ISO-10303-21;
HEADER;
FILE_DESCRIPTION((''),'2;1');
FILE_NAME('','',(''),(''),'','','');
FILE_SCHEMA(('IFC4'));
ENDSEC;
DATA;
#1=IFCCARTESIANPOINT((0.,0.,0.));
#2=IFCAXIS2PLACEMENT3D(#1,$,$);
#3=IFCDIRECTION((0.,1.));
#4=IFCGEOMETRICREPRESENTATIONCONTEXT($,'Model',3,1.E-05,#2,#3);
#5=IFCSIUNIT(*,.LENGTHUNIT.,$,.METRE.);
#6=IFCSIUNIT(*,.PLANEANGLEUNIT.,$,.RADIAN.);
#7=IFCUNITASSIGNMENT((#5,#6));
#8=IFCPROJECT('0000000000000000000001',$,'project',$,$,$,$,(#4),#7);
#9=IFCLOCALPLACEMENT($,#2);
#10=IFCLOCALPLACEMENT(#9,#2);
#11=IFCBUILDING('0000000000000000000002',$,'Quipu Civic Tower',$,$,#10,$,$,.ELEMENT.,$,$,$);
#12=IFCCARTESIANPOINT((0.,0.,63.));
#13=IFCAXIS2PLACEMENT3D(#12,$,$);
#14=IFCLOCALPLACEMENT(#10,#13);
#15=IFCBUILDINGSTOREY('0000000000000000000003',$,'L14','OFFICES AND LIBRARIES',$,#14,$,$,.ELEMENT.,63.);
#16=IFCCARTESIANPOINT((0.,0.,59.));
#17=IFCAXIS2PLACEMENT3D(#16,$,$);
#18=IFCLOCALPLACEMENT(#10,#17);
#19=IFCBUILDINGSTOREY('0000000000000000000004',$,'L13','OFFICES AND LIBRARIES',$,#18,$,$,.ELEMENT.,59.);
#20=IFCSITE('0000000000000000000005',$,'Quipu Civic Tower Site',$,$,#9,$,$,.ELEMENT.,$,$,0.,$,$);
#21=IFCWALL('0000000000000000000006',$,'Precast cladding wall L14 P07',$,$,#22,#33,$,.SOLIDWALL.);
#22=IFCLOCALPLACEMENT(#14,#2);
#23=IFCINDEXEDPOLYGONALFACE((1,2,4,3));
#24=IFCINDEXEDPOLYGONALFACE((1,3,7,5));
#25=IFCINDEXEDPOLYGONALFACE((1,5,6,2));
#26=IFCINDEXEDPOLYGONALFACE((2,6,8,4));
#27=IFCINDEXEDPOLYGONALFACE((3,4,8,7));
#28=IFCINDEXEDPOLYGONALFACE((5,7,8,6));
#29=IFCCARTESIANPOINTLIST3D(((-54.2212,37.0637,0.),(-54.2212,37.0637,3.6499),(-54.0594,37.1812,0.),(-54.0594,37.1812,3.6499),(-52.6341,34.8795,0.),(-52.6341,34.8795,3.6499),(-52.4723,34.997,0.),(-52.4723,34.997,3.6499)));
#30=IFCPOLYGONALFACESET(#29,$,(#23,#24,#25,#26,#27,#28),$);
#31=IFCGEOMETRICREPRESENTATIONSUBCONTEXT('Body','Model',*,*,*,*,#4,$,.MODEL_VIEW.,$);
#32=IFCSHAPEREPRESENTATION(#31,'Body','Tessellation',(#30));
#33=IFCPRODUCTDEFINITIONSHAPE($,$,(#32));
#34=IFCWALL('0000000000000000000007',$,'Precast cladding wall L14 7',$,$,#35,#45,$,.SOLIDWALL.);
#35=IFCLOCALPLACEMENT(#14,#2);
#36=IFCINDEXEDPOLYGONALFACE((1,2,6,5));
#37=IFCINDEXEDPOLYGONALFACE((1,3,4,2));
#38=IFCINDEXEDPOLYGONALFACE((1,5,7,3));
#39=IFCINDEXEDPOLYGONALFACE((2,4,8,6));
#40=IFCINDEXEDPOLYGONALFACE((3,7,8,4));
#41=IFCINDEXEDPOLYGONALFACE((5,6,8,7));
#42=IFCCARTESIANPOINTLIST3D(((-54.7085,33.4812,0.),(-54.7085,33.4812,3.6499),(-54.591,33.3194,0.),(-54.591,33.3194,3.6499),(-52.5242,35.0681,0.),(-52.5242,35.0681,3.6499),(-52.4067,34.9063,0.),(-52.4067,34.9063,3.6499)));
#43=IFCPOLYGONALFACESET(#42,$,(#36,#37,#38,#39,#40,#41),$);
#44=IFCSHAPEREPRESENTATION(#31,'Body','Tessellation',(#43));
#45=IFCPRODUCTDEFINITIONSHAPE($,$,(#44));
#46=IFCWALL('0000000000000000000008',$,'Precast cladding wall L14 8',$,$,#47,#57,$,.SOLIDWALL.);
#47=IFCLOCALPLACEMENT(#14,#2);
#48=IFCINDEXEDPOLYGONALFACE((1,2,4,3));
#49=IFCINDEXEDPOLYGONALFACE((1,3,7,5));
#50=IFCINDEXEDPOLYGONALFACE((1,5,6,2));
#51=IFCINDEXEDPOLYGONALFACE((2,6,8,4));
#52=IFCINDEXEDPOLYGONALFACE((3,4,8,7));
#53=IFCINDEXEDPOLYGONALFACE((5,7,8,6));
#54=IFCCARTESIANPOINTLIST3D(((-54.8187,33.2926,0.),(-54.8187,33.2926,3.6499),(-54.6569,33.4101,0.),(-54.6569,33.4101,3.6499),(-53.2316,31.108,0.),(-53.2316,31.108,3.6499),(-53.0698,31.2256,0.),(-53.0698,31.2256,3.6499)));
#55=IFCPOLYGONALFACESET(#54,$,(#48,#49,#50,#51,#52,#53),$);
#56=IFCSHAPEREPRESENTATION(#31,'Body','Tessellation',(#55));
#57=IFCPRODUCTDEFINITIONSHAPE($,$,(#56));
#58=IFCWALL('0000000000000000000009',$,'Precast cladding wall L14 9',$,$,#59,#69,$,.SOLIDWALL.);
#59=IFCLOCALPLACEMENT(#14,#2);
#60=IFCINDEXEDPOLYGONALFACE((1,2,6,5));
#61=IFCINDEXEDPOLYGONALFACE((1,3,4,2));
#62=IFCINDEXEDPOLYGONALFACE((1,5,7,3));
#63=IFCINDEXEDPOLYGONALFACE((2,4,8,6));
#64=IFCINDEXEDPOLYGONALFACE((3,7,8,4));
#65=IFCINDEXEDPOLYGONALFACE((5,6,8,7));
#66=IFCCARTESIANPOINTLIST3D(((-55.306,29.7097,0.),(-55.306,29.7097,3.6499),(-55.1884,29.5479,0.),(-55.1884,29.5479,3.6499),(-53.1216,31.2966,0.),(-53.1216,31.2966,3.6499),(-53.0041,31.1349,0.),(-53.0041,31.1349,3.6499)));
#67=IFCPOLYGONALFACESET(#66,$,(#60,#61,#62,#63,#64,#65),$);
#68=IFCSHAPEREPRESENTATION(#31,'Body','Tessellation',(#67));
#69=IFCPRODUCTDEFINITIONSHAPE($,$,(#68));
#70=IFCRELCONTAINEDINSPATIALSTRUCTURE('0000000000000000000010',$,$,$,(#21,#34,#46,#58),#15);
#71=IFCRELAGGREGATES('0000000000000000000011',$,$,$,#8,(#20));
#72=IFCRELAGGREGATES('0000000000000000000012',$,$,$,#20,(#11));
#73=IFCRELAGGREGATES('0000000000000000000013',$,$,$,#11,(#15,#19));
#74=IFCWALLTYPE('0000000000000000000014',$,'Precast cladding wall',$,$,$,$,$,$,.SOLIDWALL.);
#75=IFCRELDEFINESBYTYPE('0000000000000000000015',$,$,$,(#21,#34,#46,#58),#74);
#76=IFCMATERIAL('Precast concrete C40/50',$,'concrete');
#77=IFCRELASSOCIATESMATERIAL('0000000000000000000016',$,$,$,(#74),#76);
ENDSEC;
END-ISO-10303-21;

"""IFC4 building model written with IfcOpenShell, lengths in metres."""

from ifc_helpers import new_model, si_unit, direction, frame, frame_2d, origin, place, context, subcontext, project, spatial, rectangle, extrude, material, type_object, element, save


model = new_model("IFC4")

# Units and contexts
model_context = context("Model", 3, precision=1e-05, world=origin(), true_north=direction((0.0, 1.0)))
body_context = subcontext(model_context, "Body", "Model", "MODEL_VIEW")
ifc_project = project(units=[si_unit("LENGTHUNIT", "METRE"), si_unit("PLANEANGLEUNIT", "RADIAN")], contexts=[model_context])

# Site, building, storey
site_placement = place(None, origin())
site = spatial("IfcSite", under=ifc_project, at=site_placement, Name="Quipu Civic Tower Site", CompositionType="ELEMENT", RefElevation=0.0)
building_placement = place(site_placement, origin())
building = spatial("IfcBuilding", under=site, at=building_placement, Name="Quipu Civic Tower", CompositionType="ELEMENT")
storey_1_placement = place(building_placement, frame((0.0, 0.0, 63.0)))
storey_1 = spatial("IfcBuildingStorey", under=building, at=storey_1_placement, Name="L14", Description="OFFICES AND LIBRARIES", CompositionType="ELEMENT", Elevation=63.0)

# Shared definitions
storey_2_placement = place(building_placement, frame((0.0, 0.0, 59.0)))
storey_2 = spatial("IfcBuildingStorey", under=building, at=storey_2_placement, Name="L13", Description="OFFICES AND LIBRARIES", CompositionType="ELEMENT", Elevation=59.0)

# Walls
ifc_material_1 = material(Name="Precast concrete C40/50", Category="concrete")
wall_type_1 = type_object("IfcWallType", Name="Precast cladding wall", PredefinedType="SOLIDWALL", material=ifc_material_1)
for number, where, z_axis, x_axis, name in (
    (1, (-54.1404, 37.1226, 0.0), (0.0, 0.0, 1.0), (0.587822, -0.80899, 0.0), "Precast cladding wall L14 P07"),
    (2, (-52.4653, 34.9873, 0.0), (0.0, 0.0, 1.0), (-0.809033, -0.587763, 0.0), "Precast cladding wall L14 7"),
):
    element("IfcWall", number, at=place(storey_1_placement, frame(where, z_axis=z_axis, x_axis=x_axis)), inside=storey_1, type_object=wall_type_1, Name=name, PredefinedType="SOLIDWALL", context=body_context, shape_type="SweptSolid", body=[
        extrude(rectangle(XDim=2.7, YDim=0.2, at=frame_2d((1.3501, 0.0))), origin(), (0.0, 0.0, 1.0), 3.6499),
    ])
wall_1_placement = place(storey_1_placement, frame((-54.7378, 33.3513, 0.0), z_axis=(0.0, 0.0, 1.0), x_axis=(0.587779, -0.809021, 0.0)))
element("IfcWall", 3, at=wall_1_placement, inside=storey_1, type_object=wall_type_1, Name="Precast cladding wall L14 8", PredefinedType="SOLIDWALL", context=body_context, shape_type="SweptSolid", body=[
    extrude(rectangle(XDim=2.7002, YDim=0.2, at=frame_2d((1.3501, 0.0))), origin(), (0.0, 0.0, 1.0), 3.6499),
])
wall_2_placement = place(storey_1_placement, frame((-53.0627, 31.2158, 0.0), z_axis=(0.0, 0.0, 1.0), x_axis=(-0.809033, -0.587763, 0.0)))
element("IfcWall", 4, at=wall_2_placement, inside=storey_1, type_object=wall_type_1, Name="Precast cladding wall L14 9", PredefinedType="SOLIDWALL", context=body_context, shape_type="SweptSolid", body=[
    extrude(rectangle(XDim=2.7, YDim=0.2, at=frame_2d((1.3501, 0.0))), origin(), (0.0, 0.0, 1.0), 3.6499),
])

save(model, "model.ifc")
